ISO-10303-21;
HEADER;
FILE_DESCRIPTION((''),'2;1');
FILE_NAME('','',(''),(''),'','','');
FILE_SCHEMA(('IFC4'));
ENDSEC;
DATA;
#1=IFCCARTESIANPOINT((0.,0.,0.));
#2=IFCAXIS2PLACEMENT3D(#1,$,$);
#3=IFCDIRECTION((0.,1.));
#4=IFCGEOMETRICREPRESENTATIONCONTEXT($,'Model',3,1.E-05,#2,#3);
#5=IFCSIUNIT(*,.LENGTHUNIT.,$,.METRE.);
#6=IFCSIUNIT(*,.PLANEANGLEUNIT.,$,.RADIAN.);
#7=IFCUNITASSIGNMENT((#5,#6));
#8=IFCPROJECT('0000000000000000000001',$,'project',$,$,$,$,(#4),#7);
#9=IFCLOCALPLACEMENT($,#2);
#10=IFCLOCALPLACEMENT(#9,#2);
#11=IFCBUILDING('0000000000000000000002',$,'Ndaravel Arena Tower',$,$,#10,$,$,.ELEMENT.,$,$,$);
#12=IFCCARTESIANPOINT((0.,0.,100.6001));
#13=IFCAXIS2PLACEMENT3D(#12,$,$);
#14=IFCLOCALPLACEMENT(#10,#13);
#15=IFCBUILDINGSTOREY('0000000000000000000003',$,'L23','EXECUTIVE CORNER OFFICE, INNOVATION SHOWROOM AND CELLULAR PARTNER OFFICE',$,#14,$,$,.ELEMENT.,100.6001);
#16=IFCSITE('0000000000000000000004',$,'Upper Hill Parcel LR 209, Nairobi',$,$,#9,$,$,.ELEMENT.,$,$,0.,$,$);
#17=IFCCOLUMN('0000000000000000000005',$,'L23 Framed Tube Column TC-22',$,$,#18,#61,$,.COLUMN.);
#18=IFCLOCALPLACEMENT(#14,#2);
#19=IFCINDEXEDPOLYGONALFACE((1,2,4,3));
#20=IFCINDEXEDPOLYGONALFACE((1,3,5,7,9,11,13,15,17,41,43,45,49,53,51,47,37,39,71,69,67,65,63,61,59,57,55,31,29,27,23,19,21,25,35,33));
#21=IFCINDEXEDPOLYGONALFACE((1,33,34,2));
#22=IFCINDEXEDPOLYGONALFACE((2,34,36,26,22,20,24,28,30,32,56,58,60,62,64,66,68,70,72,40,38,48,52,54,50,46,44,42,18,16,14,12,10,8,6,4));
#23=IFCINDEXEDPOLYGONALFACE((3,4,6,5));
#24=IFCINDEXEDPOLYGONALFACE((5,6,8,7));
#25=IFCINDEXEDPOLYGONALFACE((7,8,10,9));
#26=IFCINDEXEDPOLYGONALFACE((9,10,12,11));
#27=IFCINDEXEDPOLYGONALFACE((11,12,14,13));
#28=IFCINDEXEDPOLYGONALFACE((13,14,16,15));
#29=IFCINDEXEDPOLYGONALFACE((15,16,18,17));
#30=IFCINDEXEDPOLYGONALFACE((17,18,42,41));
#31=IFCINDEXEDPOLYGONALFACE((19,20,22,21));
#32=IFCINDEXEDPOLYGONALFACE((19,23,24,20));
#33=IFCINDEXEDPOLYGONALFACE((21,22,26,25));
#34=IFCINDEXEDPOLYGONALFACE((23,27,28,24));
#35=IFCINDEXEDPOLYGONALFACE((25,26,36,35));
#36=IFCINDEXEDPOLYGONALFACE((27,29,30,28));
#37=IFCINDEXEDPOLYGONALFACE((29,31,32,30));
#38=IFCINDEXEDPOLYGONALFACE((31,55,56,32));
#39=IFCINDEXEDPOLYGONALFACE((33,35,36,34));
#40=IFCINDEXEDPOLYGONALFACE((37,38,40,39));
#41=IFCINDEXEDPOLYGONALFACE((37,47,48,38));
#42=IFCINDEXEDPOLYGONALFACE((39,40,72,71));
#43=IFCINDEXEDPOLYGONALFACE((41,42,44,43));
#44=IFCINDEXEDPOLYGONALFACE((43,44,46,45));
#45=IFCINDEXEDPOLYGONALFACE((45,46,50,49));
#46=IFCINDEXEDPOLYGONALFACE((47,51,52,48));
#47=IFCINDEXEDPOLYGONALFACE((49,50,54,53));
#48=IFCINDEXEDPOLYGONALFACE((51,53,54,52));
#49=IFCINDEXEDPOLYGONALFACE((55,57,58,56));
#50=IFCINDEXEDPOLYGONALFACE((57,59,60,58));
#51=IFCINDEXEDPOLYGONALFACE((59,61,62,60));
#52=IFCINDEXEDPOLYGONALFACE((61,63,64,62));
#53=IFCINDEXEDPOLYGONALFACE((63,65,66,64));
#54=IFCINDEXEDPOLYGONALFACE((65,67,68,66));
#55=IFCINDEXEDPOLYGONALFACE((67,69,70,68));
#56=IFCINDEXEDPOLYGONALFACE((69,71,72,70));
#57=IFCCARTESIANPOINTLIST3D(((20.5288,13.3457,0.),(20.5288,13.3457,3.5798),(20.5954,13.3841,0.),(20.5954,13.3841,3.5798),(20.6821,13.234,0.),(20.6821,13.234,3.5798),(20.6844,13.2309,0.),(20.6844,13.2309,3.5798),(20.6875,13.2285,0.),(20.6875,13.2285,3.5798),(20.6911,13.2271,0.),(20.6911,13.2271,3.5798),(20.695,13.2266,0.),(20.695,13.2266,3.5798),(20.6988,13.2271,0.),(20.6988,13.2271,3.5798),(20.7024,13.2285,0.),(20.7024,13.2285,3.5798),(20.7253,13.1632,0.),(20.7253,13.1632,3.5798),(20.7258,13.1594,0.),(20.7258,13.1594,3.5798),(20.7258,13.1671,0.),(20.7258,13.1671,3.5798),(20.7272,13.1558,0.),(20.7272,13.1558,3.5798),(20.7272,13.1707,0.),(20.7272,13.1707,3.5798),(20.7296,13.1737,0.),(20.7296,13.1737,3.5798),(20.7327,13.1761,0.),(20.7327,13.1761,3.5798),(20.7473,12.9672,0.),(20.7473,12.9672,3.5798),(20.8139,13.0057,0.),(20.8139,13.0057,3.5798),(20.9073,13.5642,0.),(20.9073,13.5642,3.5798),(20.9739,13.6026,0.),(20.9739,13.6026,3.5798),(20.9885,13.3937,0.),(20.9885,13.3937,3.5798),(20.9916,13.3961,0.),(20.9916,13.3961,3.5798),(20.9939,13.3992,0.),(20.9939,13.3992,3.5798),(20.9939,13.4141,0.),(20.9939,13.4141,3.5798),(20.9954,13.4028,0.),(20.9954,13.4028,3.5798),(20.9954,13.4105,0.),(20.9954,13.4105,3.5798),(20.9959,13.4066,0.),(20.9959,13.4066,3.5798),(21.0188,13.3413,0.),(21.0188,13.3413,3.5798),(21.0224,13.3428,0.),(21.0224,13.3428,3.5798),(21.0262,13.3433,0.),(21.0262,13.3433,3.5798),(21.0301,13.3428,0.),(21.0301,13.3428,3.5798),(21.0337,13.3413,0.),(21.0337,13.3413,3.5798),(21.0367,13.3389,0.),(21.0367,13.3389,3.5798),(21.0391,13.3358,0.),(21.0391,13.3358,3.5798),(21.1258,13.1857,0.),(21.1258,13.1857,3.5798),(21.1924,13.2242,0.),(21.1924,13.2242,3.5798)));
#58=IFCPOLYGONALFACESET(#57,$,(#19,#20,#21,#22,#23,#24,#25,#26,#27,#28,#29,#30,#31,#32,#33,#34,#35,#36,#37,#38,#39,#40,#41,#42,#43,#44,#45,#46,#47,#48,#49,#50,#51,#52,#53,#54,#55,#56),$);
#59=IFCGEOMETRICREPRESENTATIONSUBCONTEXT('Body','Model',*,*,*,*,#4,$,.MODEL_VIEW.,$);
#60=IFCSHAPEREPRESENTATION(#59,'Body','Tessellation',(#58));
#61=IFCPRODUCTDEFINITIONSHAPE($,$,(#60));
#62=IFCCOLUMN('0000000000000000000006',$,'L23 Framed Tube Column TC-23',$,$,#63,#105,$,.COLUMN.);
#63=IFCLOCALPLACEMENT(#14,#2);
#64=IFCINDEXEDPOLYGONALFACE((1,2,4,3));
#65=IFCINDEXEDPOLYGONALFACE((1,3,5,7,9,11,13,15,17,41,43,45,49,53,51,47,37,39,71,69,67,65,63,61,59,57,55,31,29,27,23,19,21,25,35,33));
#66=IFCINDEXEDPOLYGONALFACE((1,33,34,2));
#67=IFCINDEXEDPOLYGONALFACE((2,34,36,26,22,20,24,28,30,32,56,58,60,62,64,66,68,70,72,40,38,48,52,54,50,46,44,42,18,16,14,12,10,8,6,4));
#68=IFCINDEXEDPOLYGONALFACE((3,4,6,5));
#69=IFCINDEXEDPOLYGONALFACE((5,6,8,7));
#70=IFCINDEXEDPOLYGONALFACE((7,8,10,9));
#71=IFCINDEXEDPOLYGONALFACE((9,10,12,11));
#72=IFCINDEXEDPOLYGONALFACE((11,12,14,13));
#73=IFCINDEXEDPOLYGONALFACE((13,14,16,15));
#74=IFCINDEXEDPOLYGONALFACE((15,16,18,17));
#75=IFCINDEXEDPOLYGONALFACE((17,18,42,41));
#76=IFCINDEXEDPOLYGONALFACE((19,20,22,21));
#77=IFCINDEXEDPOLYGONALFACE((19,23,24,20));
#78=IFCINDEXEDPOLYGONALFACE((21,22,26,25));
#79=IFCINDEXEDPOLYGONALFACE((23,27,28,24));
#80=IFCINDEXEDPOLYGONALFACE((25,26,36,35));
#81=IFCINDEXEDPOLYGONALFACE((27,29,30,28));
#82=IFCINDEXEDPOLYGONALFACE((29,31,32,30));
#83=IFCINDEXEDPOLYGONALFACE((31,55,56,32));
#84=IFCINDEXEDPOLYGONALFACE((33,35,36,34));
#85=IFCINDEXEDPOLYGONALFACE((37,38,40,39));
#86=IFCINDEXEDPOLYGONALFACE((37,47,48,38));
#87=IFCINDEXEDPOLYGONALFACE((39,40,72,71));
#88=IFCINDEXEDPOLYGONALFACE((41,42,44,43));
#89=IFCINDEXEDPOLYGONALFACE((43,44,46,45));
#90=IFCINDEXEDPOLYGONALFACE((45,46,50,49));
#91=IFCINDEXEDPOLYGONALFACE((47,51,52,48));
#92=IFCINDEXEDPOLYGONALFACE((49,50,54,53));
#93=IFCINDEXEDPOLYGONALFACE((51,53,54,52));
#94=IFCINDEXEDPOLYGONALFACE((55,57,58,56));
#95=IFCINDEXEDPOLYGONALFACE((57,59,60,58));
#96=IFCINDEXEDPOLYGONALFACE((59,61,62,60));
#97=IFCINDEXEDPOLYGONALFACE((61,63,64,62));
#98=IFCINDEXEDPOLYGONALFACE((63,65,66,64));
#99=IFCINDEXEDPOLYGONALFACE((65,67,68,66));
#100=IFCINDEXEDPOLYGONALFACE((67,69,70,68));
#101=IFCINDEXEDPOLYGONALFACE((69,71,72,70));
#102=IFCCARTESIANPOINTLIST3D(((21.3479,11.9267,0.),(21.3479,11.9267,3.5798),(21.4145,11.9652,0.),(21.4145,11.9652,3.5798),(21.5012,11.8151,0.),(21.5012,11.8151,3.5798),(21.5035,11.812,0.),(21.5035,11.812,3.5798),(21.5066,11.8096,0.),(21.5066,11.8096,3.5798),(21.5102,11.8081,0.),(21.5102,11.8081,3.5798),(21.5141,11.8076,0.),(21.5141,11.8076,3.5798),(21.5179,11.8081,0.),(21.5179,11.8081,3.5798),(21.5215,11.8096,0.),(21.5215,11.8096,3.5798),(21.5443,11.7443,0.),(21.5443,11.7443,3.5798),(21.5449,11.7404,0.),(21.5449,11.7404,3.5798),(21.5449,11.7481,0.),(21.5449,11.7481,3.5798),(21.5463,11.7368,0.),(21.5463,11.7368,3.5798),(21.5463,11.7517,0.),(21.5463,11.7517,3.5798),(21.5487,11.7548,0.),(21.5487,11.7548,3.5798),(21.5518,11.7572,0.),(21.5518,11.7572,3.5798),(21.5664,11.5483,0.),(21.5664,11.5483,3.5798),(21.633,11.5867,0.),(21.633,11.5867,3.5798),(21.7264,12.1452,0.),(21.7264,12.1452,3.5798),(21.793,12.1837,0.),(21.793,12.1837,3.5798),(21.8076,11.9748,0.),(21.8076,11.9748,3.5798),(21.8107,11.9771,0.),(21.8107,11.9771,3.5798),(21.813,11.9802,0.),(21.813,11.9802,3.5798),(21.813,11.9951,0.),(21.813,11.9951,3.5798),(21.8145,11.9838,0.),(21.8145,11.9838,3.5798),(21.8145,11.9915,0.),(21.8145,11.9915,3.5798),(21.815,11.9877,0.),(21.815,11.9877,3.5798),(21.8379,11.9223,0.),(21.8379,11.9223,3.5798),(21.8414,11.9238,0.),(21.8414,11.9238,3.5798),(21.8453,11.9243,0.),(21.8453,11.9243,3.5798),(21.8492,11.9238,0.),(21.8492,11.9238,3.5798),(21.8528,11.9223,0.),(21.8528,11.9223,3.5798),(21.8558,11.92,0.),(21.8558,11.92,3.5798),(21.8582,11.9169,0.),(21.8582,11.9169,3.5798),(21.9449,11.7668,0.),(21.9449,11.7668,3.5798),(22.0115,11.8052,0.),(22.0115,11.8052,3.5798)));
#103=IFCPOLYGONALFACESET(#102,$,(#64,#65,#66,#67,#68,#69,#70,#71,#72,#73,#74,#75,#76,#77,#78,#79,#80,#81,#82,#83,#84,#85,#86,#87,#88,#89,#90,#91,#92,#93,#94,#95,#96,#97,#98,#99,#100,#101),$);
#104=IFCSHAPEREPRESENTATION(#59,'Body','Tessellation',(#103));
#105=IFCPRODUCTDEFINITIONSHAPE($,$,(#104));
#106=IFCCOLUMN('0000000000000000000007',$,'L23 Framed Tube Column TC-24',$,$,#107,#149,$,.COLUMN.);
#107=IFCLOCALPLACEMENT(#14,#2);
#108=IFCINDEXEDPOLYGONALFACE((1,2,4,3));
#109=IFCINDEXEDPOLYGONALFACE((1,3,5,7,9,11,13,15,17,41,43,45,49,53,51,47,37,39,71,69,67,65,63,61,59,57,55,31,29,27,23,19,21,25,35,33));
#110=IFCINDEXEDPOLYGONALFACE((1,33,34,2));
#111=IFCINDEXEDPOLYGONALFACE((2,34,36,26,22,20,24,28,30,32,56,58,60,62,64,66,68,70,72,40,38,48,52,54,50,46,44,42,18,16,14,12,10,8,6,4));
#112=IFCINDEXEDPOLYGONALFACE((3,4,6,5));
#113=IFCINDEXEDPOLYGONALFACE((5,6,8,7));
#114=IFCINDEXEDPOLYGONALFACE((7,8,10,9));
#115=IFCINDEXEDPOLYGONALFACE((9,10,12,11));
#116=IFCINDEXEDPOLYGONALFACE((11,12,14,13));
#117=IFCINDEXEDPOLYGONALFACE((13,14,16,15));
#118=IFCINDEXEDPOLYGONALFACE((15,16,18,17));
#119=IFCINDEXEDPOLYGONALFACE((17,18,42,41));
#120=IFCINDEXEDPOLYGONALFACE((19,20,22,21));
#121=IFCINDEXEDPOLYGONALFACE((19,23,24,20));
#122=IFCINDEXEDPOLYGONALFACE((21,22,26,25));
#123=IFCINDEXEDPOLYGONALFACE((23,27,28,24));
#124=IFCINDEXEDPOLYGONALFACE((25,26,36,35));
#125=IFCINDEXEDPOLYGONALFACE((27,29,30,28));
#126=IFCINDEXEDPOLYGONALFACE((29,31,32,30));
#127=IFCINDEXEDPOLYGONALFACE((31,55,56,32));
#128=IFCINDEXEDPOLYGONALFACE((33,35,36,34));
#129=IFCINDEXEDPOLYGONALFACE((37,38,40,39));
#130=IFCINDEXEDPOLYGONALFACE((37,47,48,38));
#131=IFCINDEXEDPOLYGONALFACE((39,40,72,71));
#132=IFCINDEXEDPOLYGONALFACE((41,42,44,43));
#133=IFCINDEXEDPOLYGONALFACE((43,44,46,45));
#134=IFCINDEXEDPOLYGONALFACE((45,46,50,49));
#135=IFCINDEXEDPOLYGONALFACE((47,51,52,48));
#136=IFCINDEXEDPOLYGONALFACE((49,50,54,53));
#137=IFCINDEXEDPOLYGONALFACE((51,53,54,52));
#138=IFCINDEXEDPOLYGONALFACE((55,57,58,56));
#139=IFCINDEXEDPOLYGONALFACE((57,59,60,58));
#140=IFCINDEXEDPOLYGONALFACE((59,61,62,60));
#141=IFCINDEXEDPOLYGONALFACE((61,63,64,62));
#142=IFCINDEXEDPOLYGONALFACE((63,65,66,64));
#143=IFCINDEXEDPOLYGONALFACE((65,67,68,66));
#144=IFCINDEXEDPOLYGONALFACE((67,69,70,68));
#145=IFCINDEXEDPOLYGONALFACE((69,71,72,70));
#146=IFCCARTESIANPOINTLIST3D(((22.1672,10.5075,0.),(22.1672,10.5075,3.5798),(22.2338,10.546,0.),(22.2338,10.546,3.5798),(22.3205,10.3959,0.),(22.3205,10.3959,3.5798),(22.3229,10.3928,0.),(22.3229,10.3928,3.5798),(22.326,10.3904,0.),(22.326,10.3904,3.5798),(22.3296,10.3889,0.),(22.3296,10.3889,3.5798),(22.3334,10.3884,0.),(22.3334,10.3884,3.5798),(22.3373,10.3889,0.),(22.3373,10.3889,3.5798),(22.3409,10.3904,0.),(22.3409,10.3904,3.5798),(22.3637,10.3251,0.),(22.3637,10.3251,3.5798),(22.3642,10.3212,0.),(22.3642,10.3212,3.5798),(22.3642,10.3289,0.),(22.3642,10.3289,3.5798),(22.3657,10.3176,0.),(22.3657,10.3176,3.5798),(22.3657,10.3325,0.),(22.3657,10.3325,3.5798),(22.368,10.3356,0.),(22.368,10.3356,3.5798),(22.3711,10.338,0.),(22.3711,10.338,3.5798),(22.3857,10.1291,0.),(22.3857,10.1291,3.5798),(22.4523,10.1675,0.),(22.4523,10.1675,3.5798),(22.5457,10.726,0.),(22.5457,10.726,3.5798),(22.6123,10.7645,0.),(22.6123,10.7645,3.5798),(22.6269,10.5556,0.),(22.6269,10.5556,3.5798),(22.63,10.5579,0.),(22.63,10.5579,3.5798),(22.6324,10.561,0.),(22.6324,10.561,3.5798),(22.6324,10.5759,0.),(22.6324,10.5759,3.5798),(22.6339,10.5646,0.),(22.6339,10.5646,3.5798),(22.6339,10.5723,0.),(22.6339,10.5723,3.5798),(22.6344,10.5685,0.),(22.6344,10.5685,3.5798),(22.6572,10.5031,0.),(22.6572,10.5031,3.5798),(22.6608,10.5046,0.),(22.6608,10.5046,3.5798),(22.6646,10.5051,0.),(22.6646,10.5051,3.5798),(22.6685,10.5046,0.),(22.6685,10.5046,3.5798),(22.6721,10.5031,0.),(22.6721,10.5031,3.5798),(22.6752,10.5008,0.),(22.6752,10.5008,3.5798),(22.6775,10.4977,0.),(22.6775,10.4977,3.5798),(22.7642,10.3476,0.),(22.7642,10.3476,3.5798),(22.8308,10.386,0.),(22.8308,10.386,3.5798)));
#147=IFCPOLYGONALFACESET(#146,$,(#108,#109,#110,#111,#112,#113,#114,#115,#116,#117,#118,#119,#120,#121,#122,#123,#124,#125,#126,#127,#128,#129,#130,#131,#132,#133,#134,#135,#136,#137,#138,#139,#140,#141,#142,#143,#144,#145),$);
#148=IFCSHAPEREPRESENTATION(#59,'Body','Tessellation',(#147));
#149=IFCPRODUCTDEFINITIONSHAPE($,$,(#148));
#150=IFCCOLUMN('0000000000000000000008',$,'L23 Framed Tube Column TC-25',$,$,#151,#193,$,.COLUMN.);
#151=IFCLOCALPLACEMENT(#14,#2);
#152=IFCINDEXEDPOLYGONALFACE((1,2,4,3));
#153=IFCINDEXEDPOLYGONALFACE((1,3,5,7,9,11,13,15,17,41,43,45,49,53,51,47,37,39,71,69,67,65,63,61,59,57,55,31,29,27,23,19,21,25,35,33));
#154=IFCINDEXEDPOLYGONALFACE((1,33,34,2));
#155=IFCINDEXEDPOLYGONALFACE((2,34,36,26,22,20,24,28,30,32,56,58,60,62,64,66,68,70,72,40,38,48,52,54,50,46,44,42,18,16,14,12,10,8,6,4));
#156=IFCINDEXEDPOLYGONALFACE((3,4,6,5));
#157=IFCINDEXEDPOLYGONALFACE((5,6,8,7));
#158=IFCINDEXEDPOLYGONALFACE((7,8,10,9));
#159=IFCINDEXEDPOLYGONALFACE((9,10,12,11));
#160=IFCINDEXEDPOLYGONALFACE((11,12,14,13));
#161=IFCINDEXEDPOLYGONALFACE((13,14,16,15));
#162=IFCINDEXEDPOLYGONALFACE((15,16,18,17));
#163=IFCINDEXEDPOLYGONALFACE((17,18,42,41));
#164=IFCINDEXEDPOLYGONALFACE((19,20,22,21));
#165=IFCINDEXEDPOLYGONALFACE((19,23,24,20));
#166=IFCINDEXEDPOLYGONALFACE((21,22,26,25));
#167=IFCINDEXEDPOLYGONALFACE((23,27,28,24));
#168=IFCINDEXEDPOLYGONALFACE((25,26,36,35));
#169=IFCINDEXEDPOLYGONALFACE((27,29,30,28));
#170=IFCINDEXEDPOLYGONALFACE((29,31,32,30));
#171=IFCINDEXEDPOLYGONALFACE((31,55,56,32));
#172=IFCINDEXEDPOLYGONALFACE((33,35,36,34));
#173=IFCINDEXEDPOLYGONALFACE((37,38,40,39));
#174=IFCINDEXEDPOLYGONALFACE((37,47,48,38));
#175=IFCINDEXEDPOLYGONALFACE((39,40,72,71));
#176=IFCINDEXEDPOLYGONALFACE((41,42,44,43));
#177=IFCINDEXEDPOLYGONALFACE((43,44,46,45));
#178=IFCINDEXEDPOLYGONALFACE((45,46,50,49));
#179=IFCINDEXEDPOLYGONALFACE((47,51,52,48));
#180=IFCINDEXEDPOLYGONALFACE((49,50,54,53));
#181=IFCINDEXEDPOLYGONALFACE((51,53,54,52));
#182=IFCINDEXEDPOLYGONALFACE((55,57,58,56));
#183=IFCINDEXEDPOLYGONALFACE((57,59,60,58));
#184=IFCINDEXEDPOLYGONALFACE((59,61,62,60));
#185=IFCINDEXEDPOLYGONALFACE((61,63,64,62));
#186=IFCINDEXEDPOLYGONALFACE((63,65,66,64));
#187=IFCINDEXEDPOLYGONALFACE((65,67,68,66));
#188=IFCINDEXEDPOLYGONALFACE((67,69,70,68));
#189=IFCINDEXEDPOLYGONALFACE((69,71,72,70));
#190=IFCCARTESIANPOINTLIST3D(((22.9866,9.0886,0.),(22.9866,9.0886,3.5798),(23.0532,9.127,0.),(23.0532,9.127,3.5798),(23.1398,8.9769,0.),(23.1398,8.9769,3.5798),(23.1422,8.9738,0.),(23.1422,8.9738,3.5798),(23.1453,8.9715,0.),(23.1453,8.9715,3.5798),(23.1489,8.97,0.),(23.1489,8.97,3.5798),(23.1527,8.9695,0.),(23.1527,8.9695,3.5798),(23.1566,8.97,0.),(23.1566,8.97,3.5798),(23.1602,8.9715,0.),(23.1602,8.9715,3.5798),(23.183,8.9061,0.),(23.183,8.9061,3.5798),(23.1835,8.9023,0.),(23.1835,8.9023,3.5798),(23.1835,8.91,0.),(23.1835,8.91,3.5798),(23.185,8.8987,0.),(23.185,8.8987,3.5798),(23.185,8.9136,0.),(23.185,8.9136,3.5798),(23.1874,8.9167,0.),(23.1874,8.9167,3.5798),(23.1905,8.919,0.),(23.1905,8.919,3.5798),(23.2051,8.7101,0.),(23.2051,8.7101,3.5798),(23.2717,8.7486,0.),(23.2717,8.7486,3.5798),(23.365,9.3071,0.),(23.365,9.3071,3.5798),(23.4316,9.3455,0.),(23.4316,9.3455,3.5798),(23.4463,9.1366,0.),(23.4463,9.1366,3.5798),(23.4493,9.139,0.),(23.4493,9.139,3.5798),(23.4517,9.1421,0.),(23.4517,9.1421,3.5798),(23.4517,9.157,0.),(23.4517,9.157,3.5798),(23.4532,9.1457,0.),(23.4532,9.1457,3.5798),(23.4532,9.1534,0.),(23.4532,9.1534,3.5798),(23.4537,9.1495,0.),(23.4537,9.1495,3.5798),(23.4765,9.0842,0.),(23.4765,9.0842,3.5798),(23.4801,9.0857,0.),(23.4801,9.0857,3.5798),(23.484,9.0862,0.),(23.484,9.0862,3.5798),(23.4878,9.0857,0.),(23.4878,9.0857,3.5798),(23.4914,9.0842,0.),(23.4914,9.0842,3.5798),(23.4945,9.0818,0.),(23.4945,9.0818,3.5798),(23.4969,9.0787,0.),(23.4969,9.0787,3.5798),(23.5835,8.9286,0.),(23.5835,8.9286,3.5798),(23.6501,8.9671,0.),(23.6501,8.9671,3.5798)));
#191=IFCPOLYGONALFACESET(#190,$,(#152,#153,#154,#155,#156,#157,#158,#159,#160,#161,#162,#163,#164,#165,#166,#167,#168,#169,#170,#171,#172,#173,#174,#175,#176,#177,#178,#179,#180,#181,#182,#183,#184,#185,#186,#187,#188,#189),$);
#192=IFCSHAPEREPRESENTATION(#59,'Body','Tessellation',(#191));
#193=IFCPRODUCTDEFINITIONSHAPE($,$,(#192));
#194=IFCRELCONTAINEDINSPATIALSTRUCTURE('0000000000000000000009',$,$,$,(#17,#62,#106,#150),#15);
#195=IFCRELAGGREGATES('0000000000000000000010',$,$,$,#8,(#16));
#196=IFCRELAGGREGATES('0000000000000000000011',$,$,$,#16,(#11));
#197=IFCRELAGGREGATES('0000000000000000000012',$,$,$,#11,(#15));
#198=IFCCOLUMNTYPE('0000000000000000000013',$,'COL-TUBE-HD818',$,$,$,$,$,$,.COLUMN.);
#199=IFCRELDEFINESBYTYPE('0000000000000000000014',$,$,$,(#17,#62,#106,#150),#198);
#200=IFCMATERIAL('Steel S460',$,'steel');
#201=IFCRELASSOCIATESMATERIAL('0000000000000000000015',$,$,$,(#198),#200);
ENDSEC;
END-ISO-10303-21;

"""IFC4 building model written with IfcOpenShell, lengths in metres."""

from ifc_helpers import new_model, si_unit, direction, frame, origin, origin_2d, place, context, subcontext, project, spatial, i_section, extrude, material, material_profile, profile_set, type_object, element, save


model = new_model("IFC4")

# Units and contexts
model_context = context("Model", 3, precision=1e-05, world=origin(), true_north=direction((0.0, 1.0)))
body_context = subcontext(model_context, "Body", "Model", "MODEL_VIEW")
ifc_project = project(units=[si_unit("LENGTHUNIT", "METRE"), si_unit("PLANEANGLEUNIT", "RADIAN")], contexts=[model_context])

# Site, building, storey
site_placement = place(None, origin())
site = spatial("IfcSite", under=ifc_project, at=site_placement, Name="Upper Hill Parcel LR 209, Nairobi", CompositionType="ELEMENT", RefElevation=0.0)
building_placement = place(site_placement, origin())
building = spatial("IfcBuilding", under=site, at=building_placement, Name="Ndaravel Arena Tower", CompositionType="ELEMENT")
storey_placement = place(building_placement, frame((0.0, 0.0, 100.6001)))
storey = spatial("IfcBuildingStorey", under=building, at=storey_placement, Name="L23", Description="EXECUTIVE CORNER OFFICE, INNOVATION SHOWROOM AND CELLULAR PARTNER OFFICE", CompositionType="ELEMENT", Elevation=100.6001)

# Columns
ifc_material_1 = material(Name="Steel S460", Category="steel")
ifc_material_profile_1 = material_profile(ifc_material_1, i_section(OverallWidth=0.437, OverallDepth=0.5139, WebThickness=0.0605, FlangeThickness=0.0769, FilletRadius=0.0149, at=origin_2d()), Name="HD 400x818")
ifc_profile_set_1 = profile_set([ifc_material_profile_1], Name="Steel S460")
column_type = type_object("IfcColumnType", Name="COL-TUBE-HD818", PredefinedType="COLUMN", material=ifc_profile_set_1)
for number, where, z_axis, x_axis, name in (
    (1, (20.8606, 13.2849, 0.0), (0.0, 0.0, 1.0), (-0.5, 0.866025, 0.0), "L23 Framed Tube Column TC-22"),
    (2, (21.6797, 11.866, 0.0), (0.0, 0.0, 1.0), (-0.5, 0.866025, 0.0), "L23 Framed Tube Column TC-23"),
    (3, (22.499, 10.4468, 0.0), (0.0, 0.0, 1.0), (-0.5, 0.866025, 0.0), "L23 Framed Tube Column TC-24"),
    (4, (23.3184, 9.0278, 0.0), (0.0, 0.0, 1.0), (-0.5, 0.866025, 0.0), "L23 Framed Tube Column TC-25"),
):
    element("IfcColumn", number, at=place(storey_placement, frame(where, z_axis=z_axis, x_axis=x_axis)), inside=storey, type_object=column_type, Name=name, PredefinedType="COLUMN", context=body_context, shape_type="SweptSolid", body=[
        extrude(i_section(OverallWidth=0.437, OverallDepth=0.5139, WebThickness=0.0605, FlangeThickness=0.0769, FilletRadius=0.0149, at=origin_2d()), origin(), (0.0, 0.0, 1.0), 3.5798),
    ])

save(model, "model.ifc")
